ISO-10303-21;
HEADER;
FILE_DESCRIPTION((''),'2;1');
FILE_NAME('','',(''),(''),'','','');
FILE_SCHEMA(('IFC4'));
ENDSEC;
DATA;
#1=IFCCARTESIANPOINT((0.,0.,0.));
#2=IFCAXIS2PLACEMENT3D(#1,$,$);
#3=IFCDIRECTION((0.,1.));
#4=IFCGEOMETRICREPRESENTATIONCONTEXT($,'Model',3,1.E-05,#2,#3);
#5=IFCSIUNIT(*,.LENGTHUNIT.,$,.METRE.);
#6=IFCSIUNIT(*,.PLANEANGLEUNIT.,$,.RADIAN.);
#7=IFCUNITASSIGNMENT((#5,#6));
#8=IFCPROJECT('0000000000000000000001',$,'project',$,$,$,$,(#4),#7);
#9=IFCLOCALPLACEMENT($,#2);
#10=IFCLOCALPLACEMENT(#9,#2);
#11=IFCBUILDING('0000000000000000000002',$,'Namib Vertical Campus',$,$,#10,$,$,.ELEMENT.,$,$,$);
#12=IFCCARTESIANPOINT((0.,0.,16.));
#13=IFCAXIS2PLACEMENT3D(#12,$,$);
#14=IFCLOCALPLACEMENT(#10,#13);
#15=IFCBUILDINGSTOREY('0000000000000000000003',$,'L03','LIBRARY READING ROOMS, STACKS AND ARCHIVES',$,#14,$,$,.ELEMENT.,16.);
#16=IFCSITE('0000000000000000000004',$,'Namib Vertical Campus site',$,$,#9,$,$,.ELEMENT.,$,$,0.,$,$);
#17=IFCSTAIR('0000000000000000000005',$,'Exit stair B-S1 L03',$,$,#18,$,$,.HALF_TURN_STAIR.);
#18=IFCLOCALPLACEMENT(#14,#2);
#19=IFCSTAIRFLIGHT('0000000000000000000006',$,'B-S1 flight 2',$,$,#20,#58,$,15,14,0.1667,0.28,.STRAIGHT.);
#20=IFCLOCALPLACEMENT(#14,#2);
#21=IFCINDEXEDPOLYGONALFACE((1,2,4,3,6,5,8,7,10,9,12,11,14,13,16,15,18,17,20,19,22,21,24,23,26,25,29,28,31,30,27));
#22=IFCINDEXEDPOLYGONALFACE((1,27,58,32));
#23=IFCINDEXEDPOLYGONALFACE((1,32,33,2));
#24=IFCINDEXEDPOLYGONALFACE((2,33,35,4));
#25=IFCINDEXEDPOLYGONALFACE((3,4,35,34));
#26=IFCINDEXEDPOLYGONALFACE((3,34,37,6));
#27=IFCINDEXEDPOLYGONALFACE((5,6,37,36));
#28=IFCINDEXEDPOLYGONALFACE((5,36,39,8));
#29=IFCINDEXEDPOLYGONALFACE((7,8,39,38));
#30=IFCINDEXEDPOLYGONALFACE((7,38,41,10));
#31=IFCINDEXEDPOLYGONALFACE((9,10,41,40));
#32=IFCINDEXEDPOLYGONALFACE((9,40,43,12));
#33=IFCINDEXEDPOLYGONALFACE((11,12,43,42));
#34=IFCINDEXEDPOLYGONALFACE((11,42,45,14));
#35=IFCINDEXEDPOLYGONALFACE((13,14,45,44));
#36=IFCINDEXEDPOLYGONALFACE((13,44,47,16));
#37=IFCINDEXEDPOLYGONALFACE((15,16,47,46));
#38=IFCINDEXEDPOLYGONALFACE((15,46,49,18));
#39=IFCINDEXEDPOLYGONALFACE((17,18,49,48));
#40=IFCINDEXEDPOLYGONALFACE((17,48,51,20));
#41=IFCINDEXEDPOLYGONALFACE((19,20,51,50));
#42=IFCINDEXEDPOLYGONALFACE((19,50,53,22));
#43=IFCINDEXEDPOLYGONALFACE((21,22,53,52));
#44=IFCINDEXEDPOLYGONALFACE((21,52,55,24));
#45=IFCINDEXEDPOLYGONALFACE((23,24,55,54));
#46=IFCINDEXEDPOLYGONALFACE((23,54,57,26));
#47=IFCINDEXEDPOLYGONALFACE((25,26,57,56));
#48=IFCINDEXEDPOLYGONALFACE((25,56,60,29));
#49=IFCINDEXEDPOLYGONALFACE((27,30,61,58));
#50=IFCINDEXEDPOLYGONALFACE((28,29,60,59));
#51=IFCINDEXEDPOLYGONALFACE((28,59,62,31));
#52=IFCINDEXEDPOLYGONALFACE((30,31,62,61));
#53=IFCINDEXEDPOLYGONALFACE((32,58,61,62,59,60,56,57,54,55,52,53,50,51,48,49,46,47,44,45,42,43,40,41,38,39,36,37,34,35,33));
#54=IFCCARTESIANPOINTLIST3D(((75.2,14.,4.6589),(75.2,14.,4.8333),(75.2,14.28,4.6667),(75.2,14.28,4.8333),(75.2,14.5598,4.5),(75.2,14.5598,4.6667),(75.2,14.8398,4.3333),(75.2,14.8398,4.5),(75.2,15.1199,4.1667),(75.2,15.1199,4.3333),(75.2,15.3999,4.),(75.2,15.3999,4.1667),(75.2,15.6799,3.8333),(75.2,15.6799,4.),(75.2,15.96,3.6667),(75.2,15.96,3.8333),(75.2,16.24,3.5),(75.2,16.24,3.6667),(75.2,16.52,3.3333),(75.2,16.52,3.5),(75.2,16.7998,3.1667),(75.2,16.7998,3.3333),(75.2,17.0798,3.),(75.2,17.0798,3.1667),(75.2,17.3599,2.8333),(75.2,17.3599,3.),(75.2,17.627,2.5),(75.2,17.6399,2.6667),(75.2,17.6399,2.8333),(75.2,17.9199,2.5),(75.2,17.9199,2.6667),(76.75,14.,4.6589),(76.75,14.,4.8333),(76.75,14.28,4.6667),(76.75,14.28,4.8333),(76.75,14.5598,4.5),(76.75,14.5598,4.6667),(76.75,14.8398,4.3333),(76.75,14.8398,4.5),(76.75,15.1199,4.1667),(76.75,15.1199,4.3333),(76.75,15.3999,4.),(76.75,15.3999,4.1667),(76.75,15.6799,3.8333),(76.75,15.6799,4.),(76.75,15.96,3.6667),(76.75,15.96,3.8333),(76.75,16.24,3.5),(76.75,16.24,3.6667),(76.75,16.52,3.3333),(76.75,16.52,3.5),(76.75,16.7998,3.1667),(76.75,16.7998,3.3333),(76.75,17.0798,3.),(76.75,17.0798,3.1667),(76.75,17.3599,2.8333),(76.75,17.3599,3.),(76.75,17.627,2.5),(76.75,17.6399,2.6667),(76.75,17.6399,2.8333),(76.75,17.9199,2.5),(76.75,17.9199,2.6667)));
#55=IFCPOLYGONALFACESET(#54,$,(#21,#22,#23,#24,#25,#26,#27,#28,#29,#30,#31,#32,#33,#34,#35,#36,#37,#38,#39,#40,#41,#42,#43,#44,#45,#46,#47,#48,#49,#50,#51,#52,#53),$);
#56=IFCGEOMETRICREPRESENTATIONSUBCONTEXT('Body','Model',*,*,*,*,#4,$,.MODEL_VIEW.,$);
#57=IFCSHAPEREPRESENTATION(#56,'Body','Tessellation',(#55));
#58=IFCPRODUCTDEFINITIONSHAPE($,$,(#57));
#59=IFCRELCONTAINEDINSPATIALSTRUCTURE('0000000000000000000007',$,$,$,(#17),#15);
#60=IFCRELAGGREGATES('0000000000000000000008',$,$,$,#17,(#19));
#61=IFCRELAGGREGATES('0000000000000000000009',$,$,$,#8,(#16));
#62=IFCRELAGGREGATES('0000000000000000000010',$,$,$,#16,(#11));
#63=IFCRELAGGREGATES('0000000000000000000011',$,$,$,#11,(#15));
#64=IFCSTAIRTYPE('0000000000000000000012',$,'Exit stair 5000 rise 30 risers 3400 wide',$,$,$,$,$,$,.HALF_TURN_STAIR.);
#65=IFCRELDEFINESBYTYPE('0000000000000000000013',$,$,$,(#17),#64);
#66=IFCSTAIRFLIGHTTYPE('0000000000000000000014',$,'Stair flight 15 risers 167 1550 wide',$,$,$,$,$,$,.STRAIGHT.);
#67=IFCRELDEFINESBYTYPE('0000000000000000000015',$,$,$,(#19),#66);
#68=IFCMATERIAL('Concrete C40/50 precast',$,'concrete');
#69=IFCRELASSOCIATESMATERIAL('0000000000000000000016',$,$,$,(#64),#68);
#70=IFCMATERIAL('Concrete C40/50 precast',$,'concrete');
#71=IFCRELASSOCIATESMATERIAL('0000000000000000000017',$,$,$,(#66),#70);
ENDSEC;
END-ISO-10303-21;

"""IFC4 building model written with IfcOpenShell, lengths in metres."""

from ifc_helpers import new_model, si_unit, direction, frame, origin, place, context, subcontext, project, spatial, polyline, outline, extrude, material, type_object, element, aggregate, save


model = new_model("IFC4")

# Units and contexts
model_context = context("Model", 3, precision=1e-05, world=origin(), true_north=direction((0.0, 1.0)))
body_context = subcontext(model_context, "Body", "Model", "MODEL_VIEW")
ifc_project = project(units=[si_unit("LENGTHUNIT", "METRE"), si_unit("PLANEANGLEUNIT", "RADIAN")], contexts=[model_context])

# Site, building, storey
site_placement = place(None, origin())
site = spatial("IfcSite", under=ifc_project, at=site_placement, Name="Namib Vertical Campus site", CompositionType="ELEMENT", RefElevation=0.0)
building_placement = place(site_placement, origin())
building = spatial("IfcBuilding", under=site, at=building_placement, Name="Namib Vertical Campus", CompositionType="ELEMENT")
storey_placement = place(building_placement, frame((0.0, 0.0, 16.0)))
storey = spatial("IfcBuildingStorey", under=building, at=storey_placement, Name="L03", Description="LIBRARY READING ROOMS, STACKS AND ARCHIVES", CompositionType="ELEMENT", Elevation=16.0)

# Stair, stair flight
ifc_material_1 = material(Name="Concrete C40/50 precast", Category="concrete")
stair_type = type_object("IfcStairType", Name="Exit stair 5000 rise 30 risers 3400 wide", PredefinedType="HALF_TURN_STAIR", material=ifc_material_1)
stair_placement = place(storey_placement, origin())
stair = element("IfcStair", 1, at=stair_placement, inside=storey, type_object=stair_type, Name="Exit stair B-S1 L03", PredefinedType="HALF_TURN_STAIR")
ifc_material_2 = material(Name="Concrete C40/50 precast", Category="concrete")
stair_flight_type = type_object("IfcStairFlightType", Name="Stair flight 15 risers 167 1550 wide", PredefinedType="STRAIGHT", material=ifc_material_2)
stair_flight_1_placement = place(storey_placement, frame((75.9751, 17.9199, 2.5), z_axis=(0.0, 0.0, 1.0), x_axis=(0.0, -1.0, 0.0)))
stair_flight_1 = element("IfcStairFlight", 2, at=stair_flight_1_placement, type_object=stair_flight_type, Name="B-S1 flight 2", NumberOfRisers=15, NumberOfTreads=14, PredefinedType="STRAIGHT", RiserHeight=0.1667, TreadLength=0.28, context=body_context, shape_type="SweptSolid", body=[
    extrude(outline(polyline([(0.0, 0.0), (0.0, 0.1667), (0.28, 0.1667), (0.28, 0.3333), (0.5601, 0.3333), (0.5601, 0.5), (0.8401, 0.5), (0.8401, 0.6667), (1.1201, 0.6667), (1.1201, 0.8333), (1.3999, 0.8333), (1.3999, 1.0), (1.6799, 1.0), (1.6799, 1.1667), (1.96, 1.1667), (1.96, 1.3333), (2.24, 1.3333), (2.24, 1.5), (2.52, 1.5), (2.52, 1.6667), (2.8, 1.6667), (2.8, 1.8333), (3.0801, 1.8333), (3.0801, 2.0), (3.3601, 2.0), (3.3601, 2.1667), (3.6399, 2.1667), (3.6399, 2.3333), (3.9199, 2.3333), (3.9199, 2.5), (3.9199, 2.1589), (0.293, 0.0), (0.0, 0.0)])), frame((0.0, 0.7749, 0.0), z_axis=(0.0, -1.0, 0.0), x_axis=(1.0, 0.0, 0.0)), (0.0, 0.0, 1.0), 1.55),
])
aggregate(stair, [stair_flight_1])

save(model, "model.ifc")
